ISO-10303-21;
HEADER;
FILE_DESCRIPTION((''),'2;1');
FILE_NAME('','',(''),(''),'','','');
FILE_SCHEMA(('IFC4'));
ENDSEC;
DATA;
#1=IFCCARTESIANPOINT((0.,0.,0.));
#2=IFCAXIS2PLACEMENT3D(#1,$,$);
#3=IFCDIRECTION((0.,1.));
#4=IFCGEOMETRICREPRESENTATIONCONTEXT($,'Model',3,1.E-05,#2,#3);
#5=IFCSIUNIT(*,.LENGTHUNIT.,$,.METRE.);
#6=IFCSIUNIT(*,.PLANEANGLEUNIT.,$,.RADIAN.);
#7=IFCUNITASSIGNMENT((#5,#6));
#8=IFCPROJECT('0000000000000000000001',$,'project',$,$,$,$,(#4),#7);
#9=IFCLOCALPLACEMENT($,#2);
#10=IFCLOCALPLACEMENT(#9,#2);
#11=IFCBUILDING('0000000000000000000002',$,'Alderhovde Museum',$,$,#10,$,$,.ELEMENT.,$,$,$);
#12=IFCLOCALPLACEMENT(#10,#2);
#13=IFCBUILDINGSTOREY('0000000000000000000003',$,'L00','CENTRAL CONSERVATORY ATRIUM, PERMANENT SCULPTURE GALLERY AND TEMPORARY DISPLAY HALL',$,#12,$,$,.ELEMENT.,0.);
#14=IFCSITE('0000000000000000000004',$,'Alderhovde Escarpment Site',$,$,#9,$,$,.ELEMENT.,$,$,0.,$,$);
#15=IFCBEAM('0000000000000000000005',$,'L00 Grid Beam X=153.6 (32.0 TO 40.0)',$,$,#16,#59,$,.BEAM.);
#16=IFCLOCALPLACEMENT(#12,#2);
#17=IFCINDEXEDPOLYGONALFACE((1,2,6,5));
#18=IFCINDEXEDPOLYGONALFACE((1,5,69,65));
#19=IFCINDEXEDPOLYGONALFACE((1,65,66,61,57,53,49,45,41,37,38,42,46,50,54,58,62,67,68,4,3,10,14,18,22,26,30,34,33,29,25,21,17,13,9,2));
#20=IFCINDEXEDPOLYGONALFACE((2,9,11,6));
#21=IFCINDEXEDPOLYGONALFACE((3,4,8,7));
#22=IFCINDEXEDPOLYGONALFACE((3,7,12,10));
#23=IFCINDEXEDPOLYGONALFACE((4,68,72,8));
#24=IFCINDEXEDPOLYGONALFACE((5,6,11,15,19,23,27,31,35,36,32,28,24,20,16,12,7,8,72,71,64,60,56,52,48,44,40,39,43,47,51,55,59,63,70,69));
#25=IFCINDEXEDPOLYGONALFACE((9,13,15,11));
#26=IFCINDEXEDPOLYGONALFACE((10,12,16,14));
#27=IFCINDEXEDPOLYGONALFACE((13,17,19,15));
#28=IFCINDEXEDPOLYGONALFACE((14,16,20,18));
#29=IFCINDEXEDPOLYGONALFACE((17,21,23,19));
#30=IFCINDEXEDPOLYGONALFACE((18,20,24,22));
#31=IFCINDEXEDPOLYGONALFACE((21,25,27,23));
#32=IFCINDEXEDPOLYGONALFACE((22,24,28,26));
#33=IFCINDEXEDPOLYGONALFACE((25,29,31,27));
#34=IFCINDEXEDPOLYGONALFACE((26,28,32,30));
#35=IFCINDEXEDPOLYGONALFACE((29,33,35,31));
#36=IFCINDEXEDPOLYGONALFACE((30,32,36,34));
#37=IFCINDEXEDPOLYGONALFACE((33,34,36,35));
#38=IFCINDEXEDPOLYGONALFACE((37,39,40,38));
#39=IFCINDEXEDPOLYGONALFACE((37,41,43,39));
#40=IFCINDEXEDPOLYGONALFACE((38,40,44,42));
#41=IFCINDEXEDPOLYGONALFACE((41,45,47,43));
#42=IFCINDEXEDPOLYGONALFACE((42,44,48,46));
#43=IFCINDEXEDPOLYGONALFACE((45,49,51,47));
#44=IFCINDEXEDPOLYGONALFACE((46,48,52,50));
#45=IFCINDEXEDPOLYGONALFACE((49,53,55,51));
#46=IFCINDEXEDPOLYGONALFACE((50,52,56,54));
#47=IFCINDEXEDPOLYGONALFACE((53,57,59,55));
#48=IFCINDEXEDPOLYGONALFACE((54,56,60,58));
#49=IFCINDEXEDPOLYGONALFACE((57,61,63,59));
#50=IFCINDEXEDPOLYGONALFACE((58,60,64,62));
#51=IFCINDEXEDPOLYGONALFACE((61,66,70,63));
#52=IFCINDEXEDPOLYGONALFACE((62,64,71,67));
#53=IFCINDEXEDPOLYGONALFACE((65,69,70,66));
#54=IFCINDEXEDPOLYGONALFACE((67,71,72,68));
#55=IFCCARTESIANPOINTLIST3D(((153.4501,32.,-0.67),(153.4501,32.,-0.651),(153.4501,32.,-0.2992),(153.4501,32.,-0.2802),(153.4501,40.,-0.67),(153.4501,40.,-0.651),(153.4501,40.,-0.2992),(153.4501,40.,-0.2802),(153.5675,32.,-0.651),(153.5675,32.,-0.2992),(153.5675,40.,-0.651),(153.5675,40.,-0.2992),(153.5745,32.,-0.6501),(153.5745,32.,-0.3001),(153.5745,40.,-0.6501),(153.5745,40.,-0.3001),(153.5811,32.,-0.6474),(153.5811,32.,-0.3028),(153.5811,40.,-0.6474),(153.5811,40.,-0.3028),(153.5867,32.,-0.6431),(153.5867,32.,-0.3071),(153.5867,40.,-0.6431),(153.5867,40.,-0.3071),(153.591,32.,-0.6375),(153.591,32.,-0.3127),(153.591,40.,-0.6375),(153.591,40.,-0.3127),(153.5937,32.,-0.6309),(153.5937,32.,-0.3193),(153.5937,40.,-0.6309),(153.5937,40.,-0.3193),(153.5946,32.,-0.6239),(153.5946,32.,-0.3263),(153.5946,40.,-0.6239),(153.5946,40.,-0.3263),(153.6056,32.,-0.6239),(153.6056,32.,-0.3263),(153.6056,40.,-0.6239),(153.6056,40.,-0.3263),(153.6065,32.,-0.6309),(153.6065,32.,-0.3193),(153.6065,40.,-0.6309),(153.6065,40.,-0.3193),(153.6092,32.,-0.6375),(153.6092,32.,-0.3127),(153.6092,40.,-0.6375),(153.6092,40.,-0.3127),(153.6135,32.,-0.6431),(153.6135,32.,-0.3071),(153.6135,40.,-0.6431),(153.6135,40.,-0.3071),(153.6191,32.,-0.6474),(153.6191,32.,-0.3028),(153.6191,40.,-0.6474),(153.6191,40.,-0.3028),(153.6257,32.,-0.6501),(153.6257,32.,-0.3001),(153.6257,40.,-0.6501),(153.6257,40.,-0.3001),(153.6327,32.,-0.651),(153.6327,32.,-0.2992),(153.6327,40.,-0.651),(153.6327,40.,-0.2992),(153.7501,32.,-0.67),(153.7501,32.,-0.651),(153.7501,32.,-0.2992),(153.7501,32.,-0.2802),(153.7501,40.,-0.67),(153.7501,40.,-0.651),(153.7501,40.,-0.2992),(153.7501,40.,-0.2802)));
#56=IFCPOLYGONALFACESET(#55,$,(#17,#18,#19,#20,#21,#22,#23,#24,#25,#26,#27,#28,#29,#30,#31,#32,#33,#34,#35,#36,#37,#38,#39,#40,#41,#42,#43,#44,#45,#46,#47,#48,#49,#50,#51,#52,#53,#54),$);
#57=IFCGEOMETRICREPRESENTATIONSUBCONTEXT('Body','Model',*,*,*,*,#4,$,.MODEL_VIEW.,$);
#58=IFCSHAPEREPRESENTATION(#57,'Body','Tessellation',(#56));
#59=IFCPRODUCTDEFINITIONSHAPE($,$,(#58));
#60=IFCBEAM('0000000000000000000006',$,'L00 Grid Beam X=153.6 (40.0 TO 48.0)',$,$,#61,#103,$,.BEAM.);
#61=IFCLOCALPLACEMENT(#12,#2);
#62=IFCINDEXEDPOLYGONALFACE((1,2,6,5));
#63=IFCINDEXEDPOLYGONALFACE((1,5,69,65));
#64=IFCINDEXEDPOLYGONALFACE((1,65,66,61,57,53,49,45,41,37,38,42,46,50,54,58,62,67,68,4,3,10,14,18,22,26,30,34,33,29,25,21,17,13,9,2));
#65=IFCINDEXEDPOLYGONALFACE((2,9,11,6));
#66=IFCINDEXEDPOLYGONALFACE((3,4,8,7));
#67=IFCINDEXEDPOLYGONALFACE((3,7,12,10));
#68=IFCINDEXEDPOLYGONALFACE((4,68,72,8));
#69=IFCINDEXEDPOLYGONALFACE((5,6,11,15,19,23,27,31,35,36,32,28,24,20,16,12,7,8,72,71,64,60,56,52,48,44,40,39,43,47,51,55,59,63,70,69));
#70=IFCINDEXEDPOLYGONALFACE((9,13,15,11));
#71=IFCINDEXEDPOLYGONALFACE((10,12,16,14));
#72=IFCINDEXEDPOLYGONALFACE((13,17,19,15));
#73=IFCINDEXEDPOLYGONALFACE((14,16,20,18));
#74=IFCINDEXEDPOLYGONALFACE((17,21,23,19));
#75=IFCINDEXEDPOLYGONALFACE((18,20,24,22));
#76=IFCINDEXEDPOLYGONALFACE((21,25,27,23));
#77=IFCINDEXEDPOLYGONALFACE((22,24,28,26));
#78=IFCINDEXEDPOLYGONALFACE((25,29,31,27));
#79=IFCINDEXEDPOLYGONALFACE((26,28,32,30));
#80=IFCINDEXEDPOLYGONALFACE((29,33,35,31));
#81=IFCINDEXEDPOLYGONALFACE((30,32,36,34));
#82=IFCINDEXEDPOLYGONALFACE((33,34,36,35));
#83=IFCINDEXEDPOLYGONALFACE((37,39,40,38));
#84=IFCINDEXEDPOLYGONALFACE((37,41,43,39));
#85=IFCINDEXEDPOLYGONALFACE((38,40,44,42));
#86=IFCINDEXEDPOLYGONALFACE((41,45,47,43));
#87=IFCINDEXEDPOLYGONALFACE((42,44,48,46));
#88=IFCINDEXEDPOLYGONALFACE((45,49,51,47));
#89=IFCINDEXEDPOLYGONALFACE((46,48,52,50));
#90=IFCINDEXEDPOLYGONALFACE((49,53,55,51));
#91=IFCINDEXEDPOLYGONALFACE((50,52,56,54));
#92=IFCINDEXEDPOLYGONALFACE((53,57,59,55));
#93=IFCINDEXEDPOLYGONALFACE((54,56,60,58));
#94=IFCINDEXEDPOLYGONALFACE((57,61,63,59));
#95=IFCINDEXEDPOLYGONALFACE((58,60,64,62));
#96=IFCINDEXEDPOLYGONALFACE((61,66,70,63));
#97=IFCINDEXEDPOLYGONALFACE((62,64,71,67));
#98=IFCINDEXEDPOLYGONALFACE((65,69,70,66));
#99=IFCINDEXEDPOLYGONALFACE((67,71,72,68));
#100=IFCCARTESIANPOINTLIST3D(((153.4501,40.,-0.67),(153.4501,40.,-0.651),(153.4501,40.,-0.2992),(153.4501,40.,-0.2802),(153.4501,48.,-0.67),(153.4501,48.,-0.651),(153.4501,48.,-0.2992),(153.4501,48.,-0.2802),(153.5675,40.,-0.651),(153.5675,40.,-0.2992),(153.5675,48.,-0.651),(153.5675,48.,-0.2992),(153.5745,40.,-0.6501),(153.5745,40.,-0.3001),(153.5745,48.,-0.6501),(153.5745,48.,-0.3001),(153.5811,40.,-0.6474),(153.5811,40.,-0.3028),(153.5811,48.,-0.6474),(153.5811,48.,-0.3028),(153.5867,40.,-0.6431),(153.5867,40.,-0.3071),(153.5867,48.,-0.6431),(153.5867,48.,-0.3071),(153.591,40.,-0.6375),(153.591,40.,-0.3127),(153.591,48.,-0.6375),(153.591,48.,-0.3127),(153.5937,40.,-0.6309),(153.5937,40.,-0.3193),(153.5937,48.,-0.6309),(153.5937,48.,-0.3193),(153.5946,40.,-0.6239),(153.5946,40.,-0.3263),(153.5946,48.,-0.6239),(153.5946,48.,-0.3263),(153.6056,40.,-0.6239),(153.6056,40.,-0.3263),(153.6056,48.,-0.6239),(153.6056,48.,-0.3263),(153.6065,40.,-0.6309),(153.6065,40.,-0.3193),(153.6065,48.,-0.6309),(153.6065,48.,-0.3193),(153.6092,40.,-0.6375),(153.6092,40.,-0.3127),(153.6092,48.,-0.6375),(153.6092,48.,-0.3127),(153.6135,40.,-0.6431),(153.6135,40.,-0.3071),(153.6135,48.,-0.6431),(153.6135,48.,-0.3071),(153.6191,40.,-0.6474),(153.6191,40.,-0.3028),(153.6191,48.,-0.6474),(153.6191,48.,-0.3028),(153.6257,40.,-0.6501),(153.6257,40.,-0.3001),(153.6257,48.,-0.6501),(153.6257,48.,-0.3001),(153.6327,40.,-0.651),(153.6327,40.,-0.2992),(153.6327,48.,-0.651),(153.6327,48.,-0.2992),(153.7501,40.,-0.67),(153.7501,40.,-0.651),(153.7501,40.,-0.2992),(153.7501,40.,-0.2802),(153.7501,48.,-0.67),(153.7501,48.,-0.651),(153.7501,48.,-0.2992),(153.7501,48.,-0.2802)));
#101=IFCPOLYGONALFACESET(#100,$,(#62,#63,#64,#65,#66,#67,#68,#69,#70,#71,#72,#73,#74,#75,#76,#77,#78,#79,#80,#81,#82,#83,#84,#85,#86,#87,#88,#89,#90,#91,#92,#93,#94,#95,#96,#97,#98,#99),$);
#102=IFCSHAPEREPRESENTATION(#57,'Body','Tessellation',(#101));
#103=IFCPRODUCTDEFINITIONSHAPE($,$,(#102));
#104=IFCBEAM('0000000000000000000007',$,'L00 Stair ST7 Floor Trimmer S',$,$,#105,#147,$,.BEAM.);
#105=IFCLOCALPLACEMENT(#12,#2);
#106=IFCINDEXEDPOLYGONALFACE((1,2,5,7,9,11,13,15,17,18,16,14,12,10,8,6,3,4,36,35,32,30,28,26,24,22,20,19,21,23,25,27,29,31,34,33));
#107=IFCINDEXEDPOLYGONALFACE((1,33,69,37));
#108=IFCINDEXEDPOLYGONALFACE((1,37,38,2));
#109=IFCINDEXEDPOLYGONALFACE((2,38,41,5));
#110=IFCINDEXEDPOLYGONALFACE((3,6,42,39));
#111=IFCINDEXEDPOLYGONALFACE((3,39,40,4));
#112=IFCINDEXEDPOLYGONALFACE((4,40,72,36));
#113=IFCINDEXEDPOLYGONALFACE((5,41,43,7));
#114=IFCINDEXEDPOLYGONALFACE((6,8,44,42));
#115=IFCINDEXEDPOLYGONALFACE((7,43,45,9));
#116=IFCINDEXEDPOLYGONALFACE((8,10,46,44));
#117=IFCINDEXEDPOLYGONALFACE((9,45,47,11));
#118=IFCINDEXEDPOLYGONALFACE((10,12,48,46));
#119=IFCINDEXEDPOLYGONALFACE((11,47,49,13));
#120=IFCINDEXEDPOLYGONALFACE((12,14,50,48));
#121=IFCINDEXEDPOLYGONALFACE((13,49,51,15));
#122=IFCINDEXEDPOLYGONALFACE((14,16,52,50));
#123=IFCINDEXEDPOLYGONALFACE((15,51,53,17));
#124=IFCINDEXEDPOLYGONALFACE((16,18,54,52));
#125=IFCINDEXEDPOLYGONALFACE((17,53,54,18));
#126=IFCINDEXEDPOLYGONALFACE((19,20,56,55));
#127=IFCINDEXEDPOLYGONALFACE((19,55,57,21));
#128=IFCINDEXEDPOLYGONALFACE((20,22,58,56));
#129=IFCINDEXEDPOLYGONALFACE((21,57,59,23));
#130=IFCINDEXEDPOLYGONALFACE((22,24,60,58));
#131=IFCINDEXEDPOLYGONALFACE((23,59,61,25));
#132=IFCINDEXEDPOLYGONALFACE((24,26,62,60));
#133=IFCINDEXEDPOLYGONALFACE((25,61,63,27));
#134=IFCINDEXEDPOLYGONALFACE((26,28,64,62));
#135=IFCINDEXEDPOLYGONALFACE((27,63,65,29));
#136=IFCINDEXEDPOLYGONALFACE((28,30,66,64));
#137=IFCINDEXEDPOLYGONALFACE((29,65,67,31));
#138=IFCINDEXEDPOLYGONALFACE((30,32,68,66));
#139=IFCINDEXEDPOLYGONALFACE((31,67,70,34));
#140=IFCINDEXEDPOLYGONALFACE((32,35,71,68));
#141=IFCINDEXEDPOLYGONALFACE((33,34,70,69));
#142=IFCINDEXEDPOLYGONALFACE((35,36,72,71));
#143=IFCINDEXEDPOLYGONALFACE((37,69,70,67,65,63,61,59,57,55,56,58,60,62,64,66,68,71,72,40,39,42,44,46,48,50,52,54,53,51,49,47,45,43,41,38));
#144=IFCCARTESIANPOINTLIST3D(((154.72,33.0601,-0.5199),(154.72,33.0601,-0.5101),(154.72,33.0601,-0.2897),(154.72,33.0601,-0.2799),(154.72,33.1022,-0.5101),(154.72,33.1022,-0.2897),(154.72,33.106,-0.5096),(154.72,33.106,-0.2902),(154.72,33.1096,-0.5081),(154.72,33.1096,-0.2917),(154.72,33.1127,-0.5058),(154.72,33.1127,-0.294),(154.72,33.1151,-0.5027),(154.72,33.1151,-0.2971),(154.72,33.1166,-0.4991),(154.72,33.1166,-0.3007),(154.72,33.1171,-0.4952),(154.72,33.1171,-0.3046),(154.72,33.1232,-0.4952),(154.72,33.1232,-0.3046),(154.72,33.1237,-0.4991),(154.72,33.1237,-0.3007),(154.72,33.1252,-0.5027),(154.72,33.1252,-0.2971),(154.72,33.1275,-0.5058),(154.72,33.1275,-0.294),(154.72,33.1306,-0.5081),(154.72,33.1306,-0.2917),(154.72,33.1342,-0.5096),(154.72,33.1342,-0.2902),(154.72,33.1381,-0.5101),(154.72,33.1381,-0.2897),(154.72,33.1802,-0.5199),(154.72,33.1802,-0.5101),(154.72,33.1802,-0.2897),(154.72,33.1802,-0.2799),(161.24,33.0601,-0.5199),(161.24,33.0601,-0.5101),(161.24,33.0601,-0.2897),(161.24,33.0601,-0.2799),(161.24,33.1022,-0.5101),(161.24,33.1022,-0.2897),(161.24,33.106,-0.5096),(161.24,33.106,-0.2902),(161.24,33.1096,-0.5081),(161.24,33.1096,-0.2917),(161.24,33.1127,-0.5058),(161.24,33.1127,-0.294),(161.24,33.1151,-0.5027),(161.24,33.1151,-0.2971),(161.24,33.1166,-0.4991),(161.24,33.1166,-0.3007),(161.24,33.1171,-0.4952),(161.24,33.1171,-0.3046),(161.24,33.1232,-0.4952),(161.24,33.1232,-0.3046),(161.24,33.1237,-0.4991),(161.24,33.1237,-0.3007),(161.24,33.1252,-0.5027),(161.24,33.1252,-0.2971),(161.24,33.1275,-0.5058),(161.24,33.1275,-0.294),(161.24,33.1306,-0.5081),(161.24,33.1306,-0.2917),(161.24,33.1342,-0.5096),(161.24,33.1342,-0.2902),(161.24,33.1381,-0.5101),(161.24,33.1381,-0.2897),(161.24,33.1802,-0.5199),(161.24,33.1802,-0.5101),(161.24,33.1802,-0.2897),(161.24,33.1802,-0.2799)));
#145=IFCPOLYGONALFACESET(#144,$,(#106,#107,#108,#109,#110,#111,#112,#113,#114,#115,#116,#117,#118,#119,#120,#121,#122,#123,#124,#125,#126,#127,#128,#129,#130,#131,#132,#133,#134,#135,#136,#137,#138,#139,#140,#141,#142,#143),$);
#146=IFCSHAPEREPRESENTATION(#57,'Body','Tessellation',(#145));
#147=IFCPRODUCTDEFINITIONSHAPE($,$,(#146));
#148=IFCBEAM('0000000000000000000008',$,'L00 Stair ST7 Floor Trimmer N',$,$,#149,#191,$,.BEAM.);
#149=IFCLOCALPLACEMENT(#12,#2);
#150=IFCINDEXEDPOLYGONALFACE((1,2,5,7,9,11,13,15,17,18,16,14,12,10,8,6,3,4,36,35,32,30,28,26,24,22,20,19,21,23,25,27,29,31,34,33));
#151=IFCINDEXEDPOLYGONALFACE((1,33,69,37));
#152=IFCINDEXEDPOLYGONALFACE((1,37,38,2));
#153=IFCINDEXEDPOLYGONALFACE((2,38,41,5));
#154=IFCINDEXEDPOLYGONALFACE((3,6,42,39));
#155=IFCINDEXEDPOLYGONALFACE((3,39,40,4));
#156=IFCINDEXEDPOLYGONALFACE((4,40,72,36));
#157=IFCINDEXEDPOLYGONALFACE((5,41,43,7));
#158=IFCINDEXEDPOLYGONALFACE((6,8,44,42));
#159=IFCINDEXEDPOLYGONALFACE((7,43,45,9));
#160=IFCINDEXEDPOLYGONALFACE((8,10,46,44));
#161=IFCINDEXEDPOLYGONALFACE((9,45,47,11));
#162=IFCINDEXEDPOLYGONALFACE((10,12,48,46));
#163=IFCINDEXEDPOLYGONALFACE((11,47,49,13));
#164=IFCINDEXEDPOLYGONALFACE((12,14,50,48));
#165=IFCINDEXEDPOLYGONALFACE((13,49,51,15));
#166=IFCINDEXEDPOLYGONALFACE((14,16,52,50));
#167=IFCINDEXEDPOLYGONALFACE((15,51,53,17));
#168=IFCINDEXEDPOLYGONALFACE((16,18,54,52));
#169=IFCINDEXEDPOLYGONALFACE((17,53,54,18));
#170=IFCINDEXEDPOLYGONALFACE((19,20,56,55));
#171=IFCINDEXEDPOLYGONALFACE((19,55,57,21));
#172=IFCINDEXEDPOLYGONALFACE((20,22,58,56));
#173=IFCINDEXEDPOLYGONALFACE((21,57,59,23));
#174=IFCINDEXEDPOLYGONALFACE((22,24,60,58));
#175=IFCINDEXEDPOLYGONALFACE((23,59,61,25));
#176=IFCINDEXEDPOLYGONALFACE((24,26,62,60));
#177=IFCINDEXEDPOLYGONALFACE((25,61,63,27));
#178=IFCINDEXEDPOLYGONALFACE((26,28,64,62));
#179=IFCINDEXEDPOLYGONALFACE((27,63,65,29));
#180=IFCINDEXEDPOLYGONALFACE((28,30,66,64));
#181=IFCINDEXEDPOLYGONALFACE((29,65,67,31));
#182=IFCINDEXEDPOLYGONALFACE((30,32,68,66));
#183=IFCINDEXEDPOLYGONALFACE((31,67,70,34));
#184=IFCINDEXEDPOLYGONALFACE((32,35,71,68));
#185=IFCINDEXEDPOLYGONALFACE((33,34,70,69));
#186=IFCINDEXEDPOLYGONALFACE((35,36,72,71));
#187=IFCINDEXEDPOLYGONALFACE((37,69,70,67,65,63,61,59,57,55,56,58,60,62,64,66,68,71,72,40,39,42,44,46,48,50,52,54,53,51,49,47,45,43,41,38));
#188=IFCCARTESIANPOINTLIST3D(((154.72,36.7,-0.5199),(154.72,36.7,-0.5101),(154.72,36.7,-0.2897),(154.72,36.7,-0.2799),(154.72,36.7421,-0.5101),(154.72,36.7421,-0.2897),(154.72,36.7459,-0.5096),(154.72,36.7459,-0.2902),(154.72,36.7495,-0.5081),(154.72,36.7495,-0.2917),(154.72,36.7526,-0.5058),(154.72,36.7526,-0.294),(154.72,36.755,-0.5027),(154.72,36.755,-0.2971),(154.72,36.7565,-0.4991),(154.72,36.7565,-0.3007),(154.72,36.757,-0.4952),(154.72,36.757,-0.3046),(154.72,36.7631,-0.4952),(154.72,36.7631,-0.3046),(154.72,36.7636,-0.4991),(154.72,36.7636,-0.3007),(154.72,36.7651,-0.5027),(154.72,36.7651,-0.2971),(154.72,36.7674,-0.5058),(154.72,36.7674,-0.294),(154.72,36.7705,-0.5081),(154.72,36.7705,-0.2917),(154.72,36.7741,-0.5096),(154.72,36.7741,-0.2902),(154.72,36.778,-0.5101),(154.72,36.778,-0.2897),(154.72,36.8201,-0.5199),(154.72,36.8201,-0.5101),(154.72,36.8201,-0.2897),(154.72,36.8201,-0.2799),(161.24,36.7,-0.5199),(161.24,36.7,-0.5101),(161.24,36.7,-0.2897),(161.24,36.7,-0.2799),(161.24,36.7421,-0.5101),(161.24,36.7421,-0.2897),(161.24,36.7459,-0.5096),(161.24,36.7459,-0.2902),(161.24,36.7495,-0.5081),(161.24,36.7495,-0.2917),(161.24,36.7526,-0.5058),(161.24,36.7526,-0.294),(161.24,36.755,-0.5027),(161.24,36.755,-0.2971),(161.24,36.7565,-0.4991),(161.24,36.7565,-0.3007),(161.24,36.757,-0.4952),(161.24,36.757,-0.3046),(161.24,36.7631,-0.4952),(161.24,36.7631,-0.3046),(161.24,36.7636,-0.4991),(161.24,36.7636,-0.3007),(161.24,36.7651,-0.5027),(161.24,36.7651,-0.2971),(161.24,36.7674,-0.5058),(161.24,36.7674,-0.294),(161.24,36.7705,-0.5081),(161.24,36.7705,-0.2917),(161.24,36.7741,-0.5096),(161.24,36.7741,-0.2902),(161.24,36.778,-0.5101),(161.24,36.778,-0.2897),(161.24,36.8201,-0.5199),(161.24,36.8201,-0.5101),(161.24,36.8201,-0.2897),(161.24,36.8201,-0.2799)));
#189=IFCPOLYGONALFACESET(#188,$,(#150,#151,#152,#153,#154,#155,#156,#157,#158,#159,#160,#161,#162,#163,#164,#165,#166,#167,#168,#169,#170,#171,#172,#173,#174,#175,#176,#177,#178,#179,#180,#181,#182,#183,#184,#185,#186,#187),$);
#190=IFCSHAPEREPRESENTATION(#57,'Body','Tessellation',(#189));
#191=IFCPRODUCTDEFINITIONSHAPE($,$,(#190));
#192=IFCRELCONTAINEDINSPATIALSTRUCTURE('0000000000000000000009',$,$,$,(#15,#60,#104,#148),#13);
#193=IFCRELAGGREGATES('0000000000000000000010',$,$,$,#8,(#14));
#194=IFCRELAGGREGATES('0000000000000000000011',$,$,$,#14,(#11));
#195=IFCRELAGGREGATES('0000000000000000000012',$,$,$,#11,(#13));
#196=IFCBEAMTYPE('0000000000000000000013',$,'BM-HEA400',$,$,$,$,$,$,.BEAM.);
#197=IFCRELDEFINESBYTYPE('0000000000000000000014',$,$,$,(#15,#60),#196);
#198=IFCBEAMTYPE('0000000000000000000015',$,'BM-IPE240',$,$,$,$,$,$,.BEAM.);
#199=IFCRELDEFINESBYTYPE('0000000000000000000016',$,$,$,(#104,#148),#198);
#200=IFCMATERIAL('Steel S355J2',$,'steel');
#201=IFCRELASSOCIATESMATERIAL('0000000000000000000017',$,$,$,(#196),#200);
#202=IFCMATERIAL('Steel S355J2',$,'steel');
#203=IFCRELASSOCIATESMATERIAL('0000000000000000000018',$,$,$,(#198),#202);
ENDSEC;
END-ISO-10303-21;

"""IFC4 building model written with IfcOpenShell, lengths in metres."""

from ifc_helpers import new_model, si_unit, direction, frame, origin, origin_2d, place, context, subcontext, project, spatial, i_section, extrude, material, material_profile, profile_set, type_object, element, save


model = new_model("IFC4")

# Units and contexts
model_context = context("Model", 3, precision=1e-05, world=origin(), true_north=direction((0.0, 1.0)))
body_context = subcontext(model_context, "Body", "Model", "MODEL_VIEW")
ifc_project = project(units=[si_unit("LENGTHUNIT", "METRE"), si_unit("PLANEANGLEUNIT", "RADIAN")], contexts=[model_context])

# Site, building, storey
site_placement = place(None, origin())
site = spatial("IfcSite", under=ifc_project, at=site_placement, Name="Alderhovde Escarpment Site", CompositionType="ELEMENT", RefElevation=0.0)
building_placement = place(site_placement, origin())
building = spatial("IfcBuilding", under=site, at=building_placement, Name="Alderhovde Museum", CompositionType="ELEMENT")
storey_placement = place(building_placement, origin())
storey = spatial("IfcBuildingStorey", under=building, at=storey_placement, Name="L00", Description="CENTRAL CONSERVATORY ATRIUM, PERMANENT SCULPTURE GALLERY AND TEMPORARY DISPLAY HALL", CompositionType="ELEMENT", Elevation=0.0)

# Beams
ifc_material_1 = material(Name="Steel S355J2", Category="steel")
ifc_material_profile_1 = material_profile(ifc_material_1, i_section(OverallWidth=0.3, OverallDepth=0.3899, WebThickness=0.011, FlangeThickness=0.019, FilletRadius=0.0271, at=origin_2d()), Name="HEA 400")
ifc_profile_set_1 = profile_set([ifc_material_profile_1], Name="Steel S355J2")
beam_type_1 = type_object("IfcBeamType", Name="BM-HEA400", PredefinedType="BEAM", material=ifc_profile_set_1)
for number, where, z_axis, x_axis, name in (
    (1, (153.6001, 32.0, -0.4751), (0.0, 1.0, 0.0), (-1.0, 0.0, 0.0), "L00 Grid Beam X=153.6 (32.0 TO 40.0)"),
    (2, (153.6001, 40.0, -0.4751), (0.0, 1.0, 0.0), (-1.0, 0.0, 0.0), "L00 Grid Beam X=153.6 (40.0 TO 48.0)"),
):
    element("IfcBeam", number, at=place(storey_placement, frame(where, z_axis=z_axis, x_axis=x_axis)), inside=storey, type_object=beam_type_1, Name=name, PredefinedType="BEAM", context=body_context, shape_type="SweptSolid", body=[
        extrude(i_section(OverallWidth=0.3, OverallDepth=0.3899, WebThickness=0.011, FlangeThickness=0.019, FilletRadius=0.0271, at=origin_2d()), origin(), (0.0, 0.0, 1.0), 8.0),
    ])
ifc_material_2 = material(Name="Steel S355J2", Category="steel")
ifc_material_profile_2 = material_profile(ifc_material_2, i_section(OverallWidth=0.1201, OverallDepth=0.24, WebThickness=0.0061, FlangeThickness=0.0098, FilletRadius=0.0149, at=origin_2d()), Name="IPE 240")
ifc_profile_set_2 = profile_set([ifc_material_profile_2], Name="Steel S355J2")
beam_type_2 = type_object("IfcBeamType", Name="BM-IPE240", PredefinedType="BEAM", material=ifc_profile_set_2)
for number, where, z_axis, x_axis, name in (
    (3, (154.72, 33.1201, -0.3999), (1.0, 0.0, 0.0), (0.0, 1.0, 0.0), "L00 Stair ST7 Floor Trimmer S"),
    (4, (154.72, 36.76, -0.3999), (1.0, 0.0, 0.0), (0.0, 1.0, 0.0), "L00 Stair ST7 Floor Trimmer N"),
):
    element("IfcBeam", number, at=place(storey_placement, frame(where, z_axis=z_axis, x_axis=x_axis)), inside=storey, type_object=beam_type_2, Name=name, PredefinedType="BEAM", context=body_context, shape_type="SweptSolid", body=[
        extrude(i_section(OverallWidth=0.1201, OverallDepth=0.24, WebThickness=0.0061, FlangeThickness=0.0098, FilletRadius=0.0149, at=origin_2d()), origin(), (0.0, 0.0, 1.0), 6.52),
    ])

save(model, "model.ifc")
